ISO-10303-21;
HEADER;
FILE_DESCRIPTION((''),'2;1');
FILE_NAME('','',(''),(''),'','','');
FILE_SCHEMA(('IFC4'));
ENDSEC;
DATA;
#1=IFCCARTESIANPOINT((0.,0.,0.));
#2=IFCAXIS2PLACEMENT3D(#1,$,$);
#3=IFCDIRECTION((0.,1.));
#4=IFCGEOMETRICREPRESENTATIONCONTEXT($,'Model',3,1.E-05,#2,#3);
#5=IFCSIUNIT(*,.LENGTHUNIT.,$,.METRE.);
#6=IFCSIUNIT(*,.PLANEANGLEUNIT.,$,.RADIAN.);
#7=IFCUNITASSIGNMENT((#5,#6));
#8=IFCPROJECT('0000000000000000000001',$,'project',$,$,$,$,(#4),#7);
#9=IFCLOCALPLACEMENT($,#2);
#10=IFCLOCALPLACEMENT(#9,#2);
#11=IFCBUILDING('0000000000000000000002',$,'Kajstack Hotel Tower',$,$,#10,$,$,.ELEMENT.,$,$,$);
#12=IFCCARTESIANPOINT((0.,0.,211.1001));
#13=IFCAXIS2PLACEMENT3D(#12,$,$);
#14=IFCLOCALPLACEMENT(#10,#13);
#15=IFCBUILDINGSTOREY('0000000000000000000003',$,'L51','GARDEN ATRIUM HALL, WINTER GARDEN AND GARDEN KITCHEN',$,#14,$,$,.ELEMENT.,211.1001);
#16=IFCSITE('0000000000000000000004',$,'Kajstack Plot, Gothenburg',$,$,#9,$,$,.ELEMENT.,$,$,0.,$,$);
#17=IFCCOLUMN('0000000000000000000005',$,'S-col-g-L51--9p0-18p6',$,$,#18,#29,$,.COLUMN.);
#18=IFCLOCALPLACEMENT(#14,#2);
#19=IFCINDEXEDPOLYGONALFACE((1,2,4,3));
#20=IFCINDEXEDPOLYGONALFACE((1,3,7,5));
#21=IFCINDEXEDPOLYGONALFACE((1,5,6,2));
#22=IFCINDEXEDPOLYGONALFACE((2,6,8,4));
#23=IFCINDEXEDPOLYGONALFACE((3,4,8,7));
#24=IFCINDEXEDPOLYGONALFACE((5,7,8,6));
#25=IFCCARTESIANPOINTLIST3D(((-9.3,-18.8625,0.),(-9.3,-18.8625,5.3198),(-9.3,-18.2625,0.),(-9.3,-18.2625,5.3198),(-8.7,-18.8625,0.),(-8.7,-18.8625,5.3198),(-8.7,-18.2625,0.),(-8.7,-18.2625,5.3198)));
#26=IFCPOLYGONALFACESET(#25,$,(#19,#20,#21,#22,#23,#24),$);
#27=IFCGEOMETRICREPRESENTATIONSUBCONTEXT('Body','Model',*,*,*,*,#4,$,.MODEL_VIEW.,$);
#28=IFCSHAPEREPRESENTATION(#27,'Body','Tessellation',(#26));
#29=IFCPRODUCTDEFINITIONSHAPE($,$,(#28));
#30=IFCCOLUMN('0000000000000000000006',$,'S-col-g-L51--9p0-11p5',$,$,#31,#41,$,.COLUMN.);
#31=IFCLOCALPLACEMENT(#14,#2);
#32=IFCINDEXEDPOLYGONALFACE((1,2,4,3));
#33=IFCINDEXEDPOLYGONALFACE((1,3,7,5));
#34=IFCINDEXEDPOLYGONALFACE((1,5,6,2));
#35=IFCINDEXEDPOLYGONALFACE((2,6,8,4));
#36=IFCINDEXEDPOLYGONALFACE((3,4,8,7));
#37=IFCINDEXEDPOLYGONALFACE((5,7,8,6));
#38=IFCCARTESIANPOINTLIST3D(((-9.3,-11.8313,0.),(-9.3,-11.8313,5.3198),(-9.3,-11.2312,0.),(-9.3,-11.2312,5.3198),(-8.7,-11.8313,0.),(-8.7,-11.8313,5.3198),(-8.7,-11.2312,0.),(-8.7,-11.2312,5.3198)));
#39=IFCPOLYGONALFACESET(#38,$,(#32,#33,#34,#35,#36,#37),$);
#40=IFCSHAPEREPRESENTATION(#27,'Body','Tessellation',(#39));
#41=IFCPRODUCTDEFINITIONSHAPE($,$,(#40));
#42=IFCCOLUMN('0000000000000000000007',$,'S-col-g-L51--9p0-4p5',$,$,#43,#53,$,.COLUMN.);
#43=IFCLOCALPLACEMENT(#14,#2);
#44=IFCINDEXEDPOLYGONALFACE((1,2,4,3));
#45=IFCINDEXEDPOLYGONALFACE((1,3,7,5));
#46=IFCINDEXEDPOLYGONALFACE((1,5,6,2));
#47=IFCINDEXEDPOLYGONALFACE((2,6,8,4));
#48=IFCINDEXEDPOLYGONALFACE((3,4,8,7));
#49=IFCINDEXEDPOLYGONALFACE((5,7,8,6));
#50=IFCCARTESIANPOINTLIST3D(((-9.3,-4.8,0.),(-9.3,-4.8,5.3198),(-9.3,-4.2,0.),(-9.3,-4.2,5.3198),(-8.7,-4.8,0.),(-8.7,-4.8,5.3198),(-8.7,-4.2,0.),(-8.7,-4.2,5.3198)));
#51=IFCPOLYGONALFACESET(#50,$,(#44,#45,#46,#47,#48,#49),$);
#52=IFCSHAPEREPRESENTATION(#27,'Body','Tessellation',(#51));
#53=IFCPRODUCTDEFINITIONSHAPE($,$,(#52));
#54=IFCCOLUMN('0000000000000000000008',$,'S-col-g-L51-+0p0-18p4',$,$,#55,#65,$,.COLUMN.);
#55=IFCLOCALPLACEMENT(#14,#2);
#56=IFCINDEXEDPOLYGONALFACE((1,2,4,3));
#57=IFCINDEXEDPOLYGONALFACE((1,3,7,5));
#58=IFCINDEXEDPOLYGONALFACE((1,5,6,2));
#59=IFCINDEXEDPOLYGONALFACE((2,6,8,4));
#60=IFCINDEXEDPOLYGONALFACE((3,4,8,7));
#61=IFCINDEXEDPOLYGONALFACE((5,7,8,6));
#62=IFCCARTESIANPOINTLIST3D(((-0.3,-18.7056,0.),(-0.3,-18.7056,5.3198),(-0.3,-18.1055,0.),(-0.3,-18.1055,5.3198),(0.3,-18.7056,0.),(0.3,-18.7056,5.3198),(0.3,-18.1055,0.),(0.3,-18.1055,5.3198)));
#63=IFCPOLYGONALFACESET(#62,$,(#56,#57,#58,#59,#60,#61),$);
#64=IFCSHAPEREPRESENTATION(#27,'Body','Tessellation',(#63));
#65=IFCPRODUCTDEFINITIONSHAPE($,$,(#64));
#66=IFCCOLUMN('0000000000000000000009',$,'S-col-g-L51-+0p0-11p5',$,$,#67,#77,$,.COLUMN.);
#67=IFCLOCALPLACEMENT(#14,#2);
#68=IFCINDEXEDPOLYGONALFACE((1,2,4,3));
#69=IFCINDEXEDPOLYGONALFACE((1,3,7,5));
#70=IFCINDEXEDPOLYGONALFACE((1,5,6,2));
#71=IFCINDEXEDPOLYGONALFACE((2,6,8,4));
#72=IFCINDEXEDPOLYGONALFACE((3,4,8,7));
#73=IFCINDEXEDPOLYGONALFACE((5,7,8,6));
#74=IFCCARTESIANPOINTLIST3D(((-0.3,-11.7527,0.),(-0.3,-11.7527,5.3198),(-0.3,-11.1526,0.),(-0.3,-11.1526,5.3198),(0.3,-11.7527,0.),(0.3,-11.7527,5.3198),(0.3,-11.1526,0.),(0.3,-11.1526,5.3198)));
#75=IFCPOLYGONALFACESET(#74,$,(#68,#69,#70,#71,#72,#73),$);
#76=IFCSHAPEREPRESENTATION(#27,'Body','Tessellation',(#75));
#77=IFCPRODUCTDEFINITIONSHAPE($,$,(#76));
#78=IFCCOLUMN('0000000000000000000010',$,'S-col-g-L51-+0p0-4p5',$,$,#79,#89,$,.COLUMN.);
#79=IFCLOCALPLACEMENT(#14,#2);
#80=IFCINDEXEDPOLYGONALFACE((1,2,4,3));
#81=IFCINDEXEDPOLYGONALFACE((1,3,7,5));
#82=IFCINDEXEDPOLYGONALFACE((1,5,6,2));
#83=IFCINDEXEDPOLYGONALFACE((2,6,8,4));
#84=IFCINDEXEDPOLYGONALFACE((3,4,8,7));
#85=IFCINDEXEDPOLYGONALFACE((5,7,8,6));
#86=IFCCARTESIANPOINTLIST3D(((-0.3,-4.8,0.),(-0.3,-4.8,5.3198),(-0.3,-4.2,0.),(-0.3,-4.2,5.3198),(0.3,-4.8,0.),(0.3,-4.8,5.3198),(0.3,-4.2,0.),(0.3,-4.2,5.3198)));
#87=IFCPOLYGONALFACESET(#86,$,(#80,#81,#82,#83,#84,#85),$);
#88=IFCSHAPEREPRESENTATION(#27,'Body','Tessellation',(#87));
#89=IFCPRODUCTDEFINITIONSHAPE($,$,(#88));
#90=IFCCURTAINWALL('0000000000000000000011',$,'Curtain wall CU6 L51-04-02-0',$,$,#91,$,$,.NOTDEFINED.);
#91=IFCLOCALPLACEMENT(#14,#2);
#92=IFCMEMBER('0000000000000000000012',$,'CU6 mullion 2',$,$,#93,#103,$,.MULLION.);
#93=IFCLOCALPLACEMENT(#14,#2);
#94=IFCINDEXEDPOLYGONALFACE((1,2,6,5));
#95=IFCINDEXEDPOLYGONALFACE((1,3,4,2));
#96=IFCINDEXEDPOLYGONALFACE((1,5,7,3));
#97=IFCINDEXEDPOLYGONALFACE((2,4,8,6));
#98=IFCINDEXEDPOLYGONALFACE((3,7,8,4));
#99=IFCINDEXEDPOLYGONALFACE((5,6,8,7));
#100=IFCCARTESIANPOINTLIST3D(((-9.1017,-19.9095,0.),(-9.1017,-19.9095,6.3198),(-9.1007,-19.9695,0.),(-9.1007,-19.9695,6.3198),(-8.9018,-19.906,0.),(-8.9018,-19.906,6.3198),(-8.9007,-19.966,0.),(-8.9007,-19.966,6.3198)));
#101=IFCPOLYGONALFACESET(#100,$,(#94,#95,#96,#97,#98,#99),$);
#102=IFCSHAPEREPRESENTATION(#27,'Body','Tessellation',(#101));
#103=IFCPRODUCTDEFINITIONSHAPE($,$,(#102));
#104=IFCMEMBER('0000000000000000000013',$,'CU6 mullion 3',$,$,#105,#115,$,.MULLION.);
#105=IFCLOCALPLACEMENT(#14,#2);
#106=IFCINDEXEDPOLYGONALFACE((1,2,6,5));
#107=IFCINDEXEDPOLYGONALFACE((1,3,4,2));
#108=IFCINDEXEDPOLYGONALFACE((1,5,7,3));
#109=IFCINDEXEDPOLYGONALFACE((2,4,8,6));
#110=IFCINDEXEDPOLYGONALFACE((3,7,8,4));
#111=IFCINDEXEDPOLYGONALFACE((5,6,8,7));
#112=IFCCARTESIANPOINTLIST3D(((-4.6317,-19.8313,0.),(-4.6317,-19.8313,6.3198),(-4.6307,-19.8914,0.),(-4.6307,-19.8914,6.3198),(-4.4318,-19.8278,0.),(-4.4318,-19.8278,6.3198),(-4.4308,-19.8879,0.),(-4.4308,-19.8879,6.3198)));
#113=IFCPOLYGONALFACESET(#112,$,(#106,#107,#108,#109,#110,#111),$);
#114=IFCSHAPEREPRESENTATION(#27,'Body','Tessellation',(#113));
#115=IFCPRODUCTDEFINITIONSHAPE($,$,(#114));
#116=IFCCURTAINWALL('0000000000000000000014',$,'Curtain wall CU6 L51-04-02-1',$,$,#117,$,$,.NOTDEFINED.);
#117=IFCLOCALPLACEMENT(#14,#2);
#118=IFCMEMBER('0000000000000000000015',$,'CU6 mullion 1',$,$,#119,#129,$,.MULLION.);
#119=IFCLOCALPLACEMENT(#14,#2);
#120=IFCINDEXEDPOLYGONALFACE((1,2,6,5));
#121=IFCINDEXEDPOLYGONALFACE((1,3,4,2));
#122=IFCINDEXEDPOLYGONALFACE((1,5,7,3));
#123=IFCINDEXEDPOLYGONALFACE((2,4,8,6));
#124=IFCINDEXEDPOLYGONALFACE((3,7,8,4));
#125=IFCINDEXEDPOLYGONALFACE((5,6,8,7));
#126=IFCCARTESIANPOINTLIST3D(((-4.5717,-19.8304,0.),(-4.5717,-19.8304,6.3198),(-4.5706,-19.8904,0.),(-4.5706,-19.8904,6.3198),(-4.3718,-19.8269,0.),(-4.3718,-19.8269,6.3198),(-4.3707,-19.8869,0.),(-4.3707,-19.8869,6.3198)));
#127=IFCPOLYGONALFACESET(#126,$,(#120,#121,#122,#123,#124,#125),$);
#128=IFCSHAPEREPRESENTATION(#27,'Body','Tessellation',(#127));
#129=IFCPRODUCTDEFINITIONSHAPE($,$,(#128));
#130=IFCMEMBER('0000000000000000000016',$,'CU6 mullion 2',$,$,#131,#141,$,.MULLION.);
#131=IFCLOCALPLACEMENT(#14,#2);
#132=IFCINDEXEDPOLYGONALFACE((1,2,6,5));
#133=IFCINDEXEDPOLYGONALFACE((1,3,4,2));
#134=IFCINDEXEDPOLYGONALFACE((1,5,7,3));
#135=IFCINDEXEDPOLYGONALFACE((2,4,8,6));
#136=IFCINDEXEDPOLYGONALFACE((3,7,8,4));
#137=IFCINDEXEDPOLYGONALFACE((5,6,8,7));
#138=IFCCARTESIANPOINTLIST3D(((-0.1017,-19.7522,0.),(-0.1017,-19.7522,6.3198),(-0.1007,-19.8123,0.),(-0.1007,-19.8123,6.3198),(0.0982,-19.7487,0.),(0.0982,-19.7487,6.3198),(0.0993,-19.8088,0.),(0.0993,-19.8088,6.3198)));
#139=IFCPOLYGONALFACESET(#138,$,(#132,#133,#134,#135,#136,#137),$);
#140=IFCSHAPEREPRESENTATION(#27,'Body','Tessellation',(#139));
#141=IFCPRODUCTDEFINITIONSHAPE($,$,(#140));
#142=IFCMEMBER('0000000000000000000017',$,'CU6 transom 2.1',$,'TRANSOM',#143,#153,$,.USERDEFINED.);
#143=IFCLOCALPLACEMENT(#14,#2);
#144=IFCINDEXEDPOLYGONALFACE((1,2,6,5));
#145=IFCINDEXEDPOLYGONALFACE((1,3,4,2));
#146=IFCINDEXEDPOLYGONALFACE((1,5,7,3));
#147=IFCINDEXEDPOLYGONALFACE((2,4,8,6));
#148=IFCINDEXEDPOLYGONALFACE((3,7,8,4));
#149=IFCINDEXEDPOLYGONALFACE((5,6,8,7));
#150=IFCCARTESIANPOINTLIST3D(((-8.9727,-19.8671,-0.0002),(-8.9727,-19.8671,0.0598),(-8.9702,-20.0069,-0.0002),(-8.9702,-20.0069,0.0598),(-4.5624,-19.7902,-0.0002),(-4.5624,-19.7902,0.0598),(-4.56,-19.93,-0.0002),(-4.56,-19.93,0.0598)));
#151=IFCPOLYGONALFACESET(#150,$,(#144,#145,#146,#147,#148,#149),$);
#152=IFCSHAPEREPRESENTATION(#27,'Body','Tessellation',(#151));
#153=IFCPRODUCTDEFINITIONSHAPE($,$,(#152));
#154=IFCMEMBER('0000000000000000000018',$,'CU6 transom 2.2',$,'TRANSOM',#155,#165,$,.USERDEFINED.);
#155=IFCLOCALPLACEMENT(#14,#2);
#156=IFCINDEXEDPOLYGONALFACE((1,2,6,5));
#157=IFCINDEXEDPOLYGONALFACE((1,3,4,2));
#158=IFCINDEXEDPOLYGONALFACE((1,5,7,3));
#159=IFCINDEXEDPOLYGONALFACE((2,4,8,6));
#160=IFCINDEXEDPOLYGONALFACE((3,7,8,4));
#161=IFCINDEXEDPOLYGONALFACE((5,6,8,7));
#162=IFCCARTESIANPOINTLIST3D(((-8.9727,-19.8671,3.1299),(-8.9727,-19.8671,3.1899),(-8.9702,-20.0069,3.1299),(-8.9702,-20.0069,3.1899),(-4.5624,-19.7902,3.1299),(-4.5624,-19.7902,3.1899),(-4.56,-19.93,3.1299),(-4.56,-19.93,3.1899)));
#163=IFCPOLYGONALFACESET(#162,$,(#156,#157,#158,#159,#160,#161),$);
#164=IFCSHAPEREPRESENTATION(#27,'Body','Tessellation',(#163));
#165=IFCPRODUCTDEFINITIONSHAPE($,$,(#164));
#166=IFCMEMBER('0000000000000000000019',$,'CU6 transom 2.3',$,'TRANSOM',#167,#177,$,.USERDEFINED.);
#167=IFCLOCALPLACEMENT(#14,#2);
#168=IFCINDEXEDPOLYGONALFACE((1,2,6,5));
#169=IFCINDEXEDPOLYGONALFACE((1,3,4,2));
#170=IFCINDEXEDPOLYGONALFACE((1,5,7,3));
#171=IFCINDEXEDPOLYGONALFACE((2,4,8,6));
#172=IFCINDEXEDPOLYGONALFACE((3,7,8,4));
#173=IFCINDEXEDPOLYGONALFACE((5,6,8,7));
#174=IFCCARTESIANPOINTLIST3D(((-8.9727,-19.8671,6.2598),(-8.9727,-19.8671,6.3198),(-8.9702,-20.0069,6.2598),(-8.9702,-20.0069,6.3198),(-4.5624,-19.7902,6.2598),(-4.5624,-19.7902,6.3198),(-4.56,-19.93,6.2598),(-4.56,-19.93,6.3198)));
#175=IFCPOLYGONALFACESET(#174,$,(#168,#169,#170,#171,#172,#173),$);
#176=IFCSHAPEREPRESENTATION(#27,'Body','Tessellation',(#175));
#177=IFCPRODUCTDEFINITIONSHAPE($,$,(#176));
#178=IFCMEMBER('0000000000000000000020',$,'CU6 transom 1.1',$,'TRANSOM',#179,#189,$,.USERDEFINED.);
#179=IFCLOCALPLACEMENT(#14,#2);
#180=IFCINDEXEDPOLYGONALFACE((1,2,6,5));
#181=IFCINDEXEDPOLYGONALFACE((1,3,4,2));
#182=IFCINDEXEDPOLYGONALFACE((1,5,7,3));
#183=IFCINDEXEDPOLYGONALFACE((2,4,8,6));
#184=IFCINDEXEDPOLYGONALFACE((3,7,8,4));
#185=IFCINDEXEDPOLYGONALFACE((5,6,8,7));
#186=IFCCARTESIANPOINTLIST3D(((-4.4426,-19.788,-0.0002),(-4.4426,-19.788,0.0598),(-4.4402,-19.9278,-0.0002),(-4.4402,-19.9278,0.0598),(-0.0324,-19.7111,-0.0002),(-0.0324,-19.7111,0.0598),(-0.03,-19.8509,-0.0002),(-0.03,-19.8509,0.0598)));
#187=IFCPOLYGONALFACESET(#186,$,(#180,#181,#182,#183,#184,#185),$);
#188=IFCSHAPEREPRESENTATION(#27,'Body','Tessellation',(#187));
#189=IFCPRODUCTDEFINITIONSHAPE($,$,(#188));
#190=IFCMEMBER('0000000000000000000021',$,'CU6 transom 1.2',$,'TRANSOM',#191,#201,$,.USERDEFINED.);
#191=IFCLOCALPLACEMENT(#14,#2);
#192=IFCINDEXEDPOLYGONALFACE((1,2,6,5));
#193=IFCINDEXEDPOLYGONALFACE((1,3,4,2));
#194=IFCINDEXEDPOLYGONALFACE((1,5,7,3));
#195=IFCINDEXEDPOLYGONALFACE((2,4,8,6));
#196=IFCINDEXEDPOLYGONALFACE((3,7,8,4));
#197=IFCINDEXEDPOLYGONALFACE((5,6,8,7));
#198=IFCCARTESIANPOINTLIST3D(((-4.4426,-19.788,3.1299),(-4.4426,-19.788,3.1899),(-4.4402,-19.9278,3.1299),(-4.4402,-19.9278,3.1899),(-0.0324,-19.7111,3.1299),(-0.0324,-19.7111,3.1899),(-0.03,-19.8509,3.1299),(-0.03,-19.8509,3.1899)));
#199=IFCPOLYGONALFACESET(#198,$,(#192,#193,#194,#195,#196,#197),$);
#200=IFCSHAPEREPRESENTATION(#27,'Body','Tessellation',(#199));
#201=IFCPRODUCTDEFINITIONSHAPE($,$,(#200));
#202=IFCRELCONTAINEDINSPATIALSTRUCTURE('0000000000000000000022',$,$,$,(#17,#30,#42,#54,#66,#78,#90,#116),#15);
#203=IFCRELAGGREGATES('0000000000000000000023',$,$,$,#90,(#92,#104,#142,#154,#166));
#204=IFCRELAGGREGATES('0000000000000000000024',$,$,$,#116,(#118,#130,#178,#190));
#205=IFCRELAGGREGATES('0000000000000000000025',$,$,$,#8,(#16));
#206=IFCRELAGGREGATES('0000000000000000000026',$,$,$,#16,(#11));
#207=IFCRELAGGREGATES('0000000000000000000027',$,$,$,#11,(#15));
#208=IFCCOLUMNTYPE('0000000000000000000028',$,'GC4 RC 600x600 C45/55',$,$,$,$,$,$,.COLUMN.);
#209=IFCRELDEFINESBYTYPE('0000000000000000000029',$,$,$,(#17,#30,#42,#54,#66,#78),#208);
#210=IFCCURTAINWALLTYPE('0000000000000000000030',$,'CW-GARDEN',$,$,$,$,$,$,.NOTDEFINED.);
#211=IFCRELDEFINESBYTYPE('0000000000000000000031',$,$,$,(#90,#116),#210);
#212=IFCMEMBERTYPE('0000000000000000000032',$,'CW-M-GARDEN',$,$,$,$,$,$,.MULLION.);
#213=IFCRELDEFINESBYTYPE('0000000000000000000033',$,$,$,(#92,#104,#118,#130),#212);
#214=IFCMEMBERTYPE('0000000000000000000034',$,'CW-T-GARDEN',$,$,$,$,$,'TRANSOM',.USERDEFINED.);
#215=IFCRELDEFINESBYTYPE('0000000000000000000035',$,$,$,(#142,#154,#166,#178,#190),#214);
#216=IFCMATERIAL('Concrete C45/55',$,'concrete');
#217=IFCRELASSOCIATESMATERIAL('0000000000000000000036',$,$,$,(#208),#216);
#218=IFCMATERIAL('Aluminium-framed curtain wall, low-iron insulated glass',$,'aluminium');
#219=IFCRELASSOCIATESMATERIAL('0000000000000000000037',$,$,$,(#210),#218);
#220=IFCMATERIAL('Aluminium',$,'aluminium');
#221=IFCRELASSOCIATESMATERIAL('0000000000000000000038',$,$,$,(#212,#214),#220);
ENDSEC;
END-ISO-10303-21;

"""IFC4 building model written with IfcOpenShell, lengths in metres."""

from ifc_helpers import new_model, si_unit, direction, frame, origin, origin_2d, place, context, subcontext, project, spatial, rectangle, extrude, material, material_profile, profile_set, type_object, element, aggregate, save


model = new_model("IFC4")

# Units and contexts
model_context = context("Model", 3, precision=1e-05, world=origin(), true_north=direction((0.0, 1.0)))
body_context = subcontext(model_context, "Body", "Model", "MODEL_VIEW")
ifc_project = project(units=[si_unit("LENGTHUNIT", "METRE"), si_unit("PLANEANGLEUNIT", "RADIAN")], contexts=[model_context])

# Site, building, storey
site_placement = place(None, origin())
site = spatial("IfcSite", under=ifc_project, at=site_placement, Name="Kajstack Plot, Gothenburg", CompositionType="ELEMENT", RefElevation=0.0)
building_placement = place(site_placement, origin())
building = spatial("IfcBuilding", under=site, at=building_placement, Name="Kajstack Hotel Tower", CompositionType="ELEMENT")
storey_placement = place(building_placement, frame((0.0, 0.0, 211.1001)))
storey = spatial("IfcBuildingStorey", under=building, at=storey_placement, Name="L51", Description="GARDEN ATRIUM HALL, WINTER GARDEN AND GARDEN KITCHEN", CompositionType="ELEMENT", Elevation=211.1001)

# Columns
ifc_material_1 = material(Name="Concrete C45/55", Category="concrete")
ifc_material_profile_1 = material_profile(ifc_material_1, rectangle(XDim=0.6001, YDim=0.6001, at=origin_2d()), Name="RC 600x600")
ifc_profile_set_1 = profile_set([ifc_material_profile_1], Name="Concrete C45/55")
column_type = type_object("IfcColumnType", Name="GC4 RC 600x600 C45/55", PredefinedType="COLUMN", material=ifc_profile_set_1)
for number, where, z_axis, x_axis, name in (
    (1, (-9.0, -18.5625, 0.0), (0.0, 0.0, 1.0), (1.0, 0.0, 0.0), "S-col-g-L51--9p0-18p6"),
    (2, (-9.0, -11.5312, 0.0), (0.0, 0.0, 1.0), (1.0, 0.0, 0.0), "S-col-g-L51--9p0-11p5"),
    (3, (-9.0, -4.5, 0.0), (0.0, 0.0, 1.0), (1.0, 0.0, 0.0), "S-col-g-L51--9p0-4p5"),
    (4, (0.0, -18.4055, 0.0), (0.0, 0.0, 1.0), (1.0, 0.0, 0.0), "S-col-g-L51-+0p0-18p4"),
    (5, (0.0, -11.4526, 0.0), (0.0, 0.0, 1.0), (1.0, 0.0, 0.0), "S-col-g-L51-+0p0-11p5"),
    (6, (0.0, -4.5, 0.0), (0.0, 0.0, 1.0), (1.0, 0.0, 0.0), "S-col-g-L51-+0p0-4p5"),
):
    element("IfcColumn", number, at=place(storey_placement, frame(where, z_axis=z_axis, x_axis=x_axis)), inside=storey, type_object=column_type, Name=name, PredefinedType="COLUMN", context=body_context, shape_type="SweptSolid", body=[
        extrude(rectangle(XDim=0.6001, YDim=0.6001, at=origin_2d()), origin(), (0.0, 0.0, 1.0), 5.3198),
    ])

# Curtain walls, members
ifc_material_2 = material(Name="Aluminium-framed curtain wall, low-iron insulated glass", Category="aluminium")
curtain_wall_type = type_object("IfcCurtainWallType", Name="CW-GARDEN", PredefinedType="NOTDEFINED", material=ifc_material_2)
curtain_wall_1_placement = place(storey_placement, origin())
curtain_wall_1 = element("IfcCurtainWall", 7, at=curtain_wall_1_placement, inside=storey, type_object=curtain_wall_type, Name="Curtain wall CU6 L51-04-02-0", PredefinedType="NOTDEFINED")
ifc_material_3 = material(Name="Aluminium", Category="aluminium")
ifc_material_profile_2 = material_profile(ifc_material_3, rectangle(XDim=0.0601, YDim=0.2, at=origin_2d()), Name="Aluminium mullion 60 x 200")
ifc_profile_set_2 = profile_set([ifc_material_profile_2], Name="Aluminium")
member_type_1 = type_object("IfcMemberType", Name="CW-M-GARDEN", PredefinedType="MULLION", material=ifc_profile_set_2)
member_1_placement = place(storey_placement, frame((-9.0012, -19.9377, 0.0), z_axis=(0.0, 0.0, 1.0), x_axis=(-0.017453, 0.999848, 0.0)))
member_1 = element("IfcMember", 8, at=member_1_placement, type_object=member_type_1, Name="CU6 mullion 2", PredefinedType="MULLION", context=body_context, shape_type="SweptSolid", body=[
    extrude(rectangle(XDim=0.0601, YDim=0.2, at=origin_2d()), origin(), (0.0, 0.0, 1.0), 6.3198),
])
member_2_placement = place(storey_placement, frame((-4.5312, -19.8596, 0.0), z_axis=(0.0, 0.0, 1.0), x_axis=(-0.017453, 0.999848, 0.0)))
member_2 = element("IfcMember", 9, at=member_2_placement, type_object=member_type_1, Name="CU6 mullion 3", PredefinedType="MULLION", context=body_context, shape_type="SweptSolid", body=[
    extrude(rectangle(XDim=0.0601, YDim=0.2, at=origin_2d()), origin(), (0.0, 0.0, 1.0), 6.3198),
])
curtain_wall_2_placement = place(storey_placement, origin())
curtain_wall_2 = element("IfcCurtainWall", 10, at=curtain_wall_2_placement, inside=storey, type_object=curtain_wall_type, Name="Curtain wall CU6 L51-04-02-1", PredefinedType="NOTDEFINED")
member_3_placement = place(storey_placement, frame((-4.4712, -19.8586, 0.0), z_axis=(0.0, 0.0, 1.0), x_axis=(-0.017453, 0.999848, 0.0)))
member_3 = element("IfcMember", 11, at=member_3_placement, type_object=member_type_1, Name="CU6 mullion 1", PredefinedType="MULLION", context=body_context, shape_type="SweptSolid", body=[
    extrude(rectangle(XDim=0.0601, YDim=0.2, at=origin_2d()), origin(), (0.0, 0.0, 1.0), 6.3198),
])
member_4_placement = place(storey_placement, frame((-0.0012, -19.7805, 0.0), z_axis=(0.0, 0.0, 1.0), x_axis=(-0.017453, 0.999848, 0.0)))
member_4 = element("IfcMember", 12, at=member_4_placement, type_object=member_type_1, Name="CU6 mullion 2", PredefinedType="MULLION", context=body_context, shape_type="SweptSolid", body=[
    extrude(rectangle(XDim=0.0601, YDim=0.2, at=origin_2d()), origin(), (0.0, 0.0, 1.0), 6.3198),
])

# Members
ifc_material_profile_3 = material_profile(ifc_material_3, rectangle(XDim=0.1399, YDim=0.0601, at=origin_2d()), Name="Aluminium transom 140 x 60")
ifc_profile_set_3 = profile_set([ifc_material_profile_3], Name="Aluminium")
member_type_2 = type_object("IfcMemberType", Name="CW-T-GARDEN", ElementType="TRANSOM", PredefinedType="USERDEFINED", material=ifc_profile_set_3)
member_5_placement = place(storey_placement, frame((-8.9714, -19.937, 0.0298), z_axis=(0.999848, 0.017435, 0.0), x_axis=(-0.017435, 0.999848, 0.0)))
member_5 = element("IfcMember", 13, at=member_5_placement, type_object=member_type_2, Name="CU6 transom 2.1", ObjectType="TRANSOM", PredefinedType="USERDEFINED", context=body_context, shape_type="SweptSolid", body=[
    extrude(rectangle(XDim=0.1399, YDim=0.0601, at=origin_2d()), origin(), (0.0, 0.0, 1.0), 4.4109),
])
member_6_placement = place(storey_placement, frame((-8.9714, -19.937, 3.1599), z_axis=(0.999848, 0.017435, 0.0), x_axis=(-0.017435, 0.999848, 0.0)))
member_6 = element("IfcMember", 14, at=member_6_placement, type_object=member_type_2, Name="CU6 transom 2.2", ObjectType="TRANSOM", PredefinedType="USERDEFINED", context=body_context, shape_type="SweptSolid", body=[
    extrude(rectangle(XDim=0.1399, YDim=0.0601, at=origin_2d()), origin(), (0.0, 0.0, 1.0), 4.4109),
])
member_7_placement = place(storey_placement, frame((-8.9714, -19.937, 6.2898), z_axis=(0.999848, 0.017435, 0.0), x_axis=(-0.017435, 0.999848, 0.0)))
member_7 = element("IfcMember", 15, at=member_7_placement, type_object=member_type_2, Name="CU6 transom 2.3", ObjectType="TRANSOM", PredefinedType="USERDEFINED", context=body_context, shape_type="SweptSolid", body=[
    extrude(rectangle(XDim=0.1399, YDim=0.0601, at=origin_2d()), origin(), (0.0, 0.0, 1.0), 4.4109),
])
member_8_placement = place(storey_placement, frame((-4.4414, -19.8579, 0.0298), z_axis=(0.999848, 0.017435, 0.0), x_axis=(-0.017435, 0.999848, 0.0)))
member_8 = element("IfcMember", 16, at=member_8_placement, type_object=member_type_2, Name="CU6 transom 1.1", ObjectType="TRANSOM", PredefinedType="USERDEFINED", context=body_context, shape_type="SweptSolid", body=[
    extrude(rectangle(XDim=0.1399, YDim=0.0601, at=origin_2d()), origin(), (0.0, 0.0, 1.0), 4.4109),
])
member_9_placement = place(storey_placement, frame((-4.4414, -19.8579, 3.1599), z_axis=(0.999848, 0.017435, 0.0), x_axis=(-0.017435, 0.999848, 0.0)))
member_9 = element("IfcMember", 17, at=member_9_placement, type_object=member_type_2, Name="CU6 transom 1.2", ObjectType="TRANSOM", PredefinedType="USERDEFINED", context=body_context, shape_type="SweptSolid", body=[
    extrude(rectangle(XDim=0.1399, YDim=0.0601, at=origin_2d()), origin(), (0.0, 0.0, 1.0), 4.4109),
])

aggregate(curtain_wall_1, [member_1, member_2, member_5, member_6, member_7])
aggregate(curtain_wall_2, [member_3, member_4, member_8, member_9])

save(model, "model.ifc")
